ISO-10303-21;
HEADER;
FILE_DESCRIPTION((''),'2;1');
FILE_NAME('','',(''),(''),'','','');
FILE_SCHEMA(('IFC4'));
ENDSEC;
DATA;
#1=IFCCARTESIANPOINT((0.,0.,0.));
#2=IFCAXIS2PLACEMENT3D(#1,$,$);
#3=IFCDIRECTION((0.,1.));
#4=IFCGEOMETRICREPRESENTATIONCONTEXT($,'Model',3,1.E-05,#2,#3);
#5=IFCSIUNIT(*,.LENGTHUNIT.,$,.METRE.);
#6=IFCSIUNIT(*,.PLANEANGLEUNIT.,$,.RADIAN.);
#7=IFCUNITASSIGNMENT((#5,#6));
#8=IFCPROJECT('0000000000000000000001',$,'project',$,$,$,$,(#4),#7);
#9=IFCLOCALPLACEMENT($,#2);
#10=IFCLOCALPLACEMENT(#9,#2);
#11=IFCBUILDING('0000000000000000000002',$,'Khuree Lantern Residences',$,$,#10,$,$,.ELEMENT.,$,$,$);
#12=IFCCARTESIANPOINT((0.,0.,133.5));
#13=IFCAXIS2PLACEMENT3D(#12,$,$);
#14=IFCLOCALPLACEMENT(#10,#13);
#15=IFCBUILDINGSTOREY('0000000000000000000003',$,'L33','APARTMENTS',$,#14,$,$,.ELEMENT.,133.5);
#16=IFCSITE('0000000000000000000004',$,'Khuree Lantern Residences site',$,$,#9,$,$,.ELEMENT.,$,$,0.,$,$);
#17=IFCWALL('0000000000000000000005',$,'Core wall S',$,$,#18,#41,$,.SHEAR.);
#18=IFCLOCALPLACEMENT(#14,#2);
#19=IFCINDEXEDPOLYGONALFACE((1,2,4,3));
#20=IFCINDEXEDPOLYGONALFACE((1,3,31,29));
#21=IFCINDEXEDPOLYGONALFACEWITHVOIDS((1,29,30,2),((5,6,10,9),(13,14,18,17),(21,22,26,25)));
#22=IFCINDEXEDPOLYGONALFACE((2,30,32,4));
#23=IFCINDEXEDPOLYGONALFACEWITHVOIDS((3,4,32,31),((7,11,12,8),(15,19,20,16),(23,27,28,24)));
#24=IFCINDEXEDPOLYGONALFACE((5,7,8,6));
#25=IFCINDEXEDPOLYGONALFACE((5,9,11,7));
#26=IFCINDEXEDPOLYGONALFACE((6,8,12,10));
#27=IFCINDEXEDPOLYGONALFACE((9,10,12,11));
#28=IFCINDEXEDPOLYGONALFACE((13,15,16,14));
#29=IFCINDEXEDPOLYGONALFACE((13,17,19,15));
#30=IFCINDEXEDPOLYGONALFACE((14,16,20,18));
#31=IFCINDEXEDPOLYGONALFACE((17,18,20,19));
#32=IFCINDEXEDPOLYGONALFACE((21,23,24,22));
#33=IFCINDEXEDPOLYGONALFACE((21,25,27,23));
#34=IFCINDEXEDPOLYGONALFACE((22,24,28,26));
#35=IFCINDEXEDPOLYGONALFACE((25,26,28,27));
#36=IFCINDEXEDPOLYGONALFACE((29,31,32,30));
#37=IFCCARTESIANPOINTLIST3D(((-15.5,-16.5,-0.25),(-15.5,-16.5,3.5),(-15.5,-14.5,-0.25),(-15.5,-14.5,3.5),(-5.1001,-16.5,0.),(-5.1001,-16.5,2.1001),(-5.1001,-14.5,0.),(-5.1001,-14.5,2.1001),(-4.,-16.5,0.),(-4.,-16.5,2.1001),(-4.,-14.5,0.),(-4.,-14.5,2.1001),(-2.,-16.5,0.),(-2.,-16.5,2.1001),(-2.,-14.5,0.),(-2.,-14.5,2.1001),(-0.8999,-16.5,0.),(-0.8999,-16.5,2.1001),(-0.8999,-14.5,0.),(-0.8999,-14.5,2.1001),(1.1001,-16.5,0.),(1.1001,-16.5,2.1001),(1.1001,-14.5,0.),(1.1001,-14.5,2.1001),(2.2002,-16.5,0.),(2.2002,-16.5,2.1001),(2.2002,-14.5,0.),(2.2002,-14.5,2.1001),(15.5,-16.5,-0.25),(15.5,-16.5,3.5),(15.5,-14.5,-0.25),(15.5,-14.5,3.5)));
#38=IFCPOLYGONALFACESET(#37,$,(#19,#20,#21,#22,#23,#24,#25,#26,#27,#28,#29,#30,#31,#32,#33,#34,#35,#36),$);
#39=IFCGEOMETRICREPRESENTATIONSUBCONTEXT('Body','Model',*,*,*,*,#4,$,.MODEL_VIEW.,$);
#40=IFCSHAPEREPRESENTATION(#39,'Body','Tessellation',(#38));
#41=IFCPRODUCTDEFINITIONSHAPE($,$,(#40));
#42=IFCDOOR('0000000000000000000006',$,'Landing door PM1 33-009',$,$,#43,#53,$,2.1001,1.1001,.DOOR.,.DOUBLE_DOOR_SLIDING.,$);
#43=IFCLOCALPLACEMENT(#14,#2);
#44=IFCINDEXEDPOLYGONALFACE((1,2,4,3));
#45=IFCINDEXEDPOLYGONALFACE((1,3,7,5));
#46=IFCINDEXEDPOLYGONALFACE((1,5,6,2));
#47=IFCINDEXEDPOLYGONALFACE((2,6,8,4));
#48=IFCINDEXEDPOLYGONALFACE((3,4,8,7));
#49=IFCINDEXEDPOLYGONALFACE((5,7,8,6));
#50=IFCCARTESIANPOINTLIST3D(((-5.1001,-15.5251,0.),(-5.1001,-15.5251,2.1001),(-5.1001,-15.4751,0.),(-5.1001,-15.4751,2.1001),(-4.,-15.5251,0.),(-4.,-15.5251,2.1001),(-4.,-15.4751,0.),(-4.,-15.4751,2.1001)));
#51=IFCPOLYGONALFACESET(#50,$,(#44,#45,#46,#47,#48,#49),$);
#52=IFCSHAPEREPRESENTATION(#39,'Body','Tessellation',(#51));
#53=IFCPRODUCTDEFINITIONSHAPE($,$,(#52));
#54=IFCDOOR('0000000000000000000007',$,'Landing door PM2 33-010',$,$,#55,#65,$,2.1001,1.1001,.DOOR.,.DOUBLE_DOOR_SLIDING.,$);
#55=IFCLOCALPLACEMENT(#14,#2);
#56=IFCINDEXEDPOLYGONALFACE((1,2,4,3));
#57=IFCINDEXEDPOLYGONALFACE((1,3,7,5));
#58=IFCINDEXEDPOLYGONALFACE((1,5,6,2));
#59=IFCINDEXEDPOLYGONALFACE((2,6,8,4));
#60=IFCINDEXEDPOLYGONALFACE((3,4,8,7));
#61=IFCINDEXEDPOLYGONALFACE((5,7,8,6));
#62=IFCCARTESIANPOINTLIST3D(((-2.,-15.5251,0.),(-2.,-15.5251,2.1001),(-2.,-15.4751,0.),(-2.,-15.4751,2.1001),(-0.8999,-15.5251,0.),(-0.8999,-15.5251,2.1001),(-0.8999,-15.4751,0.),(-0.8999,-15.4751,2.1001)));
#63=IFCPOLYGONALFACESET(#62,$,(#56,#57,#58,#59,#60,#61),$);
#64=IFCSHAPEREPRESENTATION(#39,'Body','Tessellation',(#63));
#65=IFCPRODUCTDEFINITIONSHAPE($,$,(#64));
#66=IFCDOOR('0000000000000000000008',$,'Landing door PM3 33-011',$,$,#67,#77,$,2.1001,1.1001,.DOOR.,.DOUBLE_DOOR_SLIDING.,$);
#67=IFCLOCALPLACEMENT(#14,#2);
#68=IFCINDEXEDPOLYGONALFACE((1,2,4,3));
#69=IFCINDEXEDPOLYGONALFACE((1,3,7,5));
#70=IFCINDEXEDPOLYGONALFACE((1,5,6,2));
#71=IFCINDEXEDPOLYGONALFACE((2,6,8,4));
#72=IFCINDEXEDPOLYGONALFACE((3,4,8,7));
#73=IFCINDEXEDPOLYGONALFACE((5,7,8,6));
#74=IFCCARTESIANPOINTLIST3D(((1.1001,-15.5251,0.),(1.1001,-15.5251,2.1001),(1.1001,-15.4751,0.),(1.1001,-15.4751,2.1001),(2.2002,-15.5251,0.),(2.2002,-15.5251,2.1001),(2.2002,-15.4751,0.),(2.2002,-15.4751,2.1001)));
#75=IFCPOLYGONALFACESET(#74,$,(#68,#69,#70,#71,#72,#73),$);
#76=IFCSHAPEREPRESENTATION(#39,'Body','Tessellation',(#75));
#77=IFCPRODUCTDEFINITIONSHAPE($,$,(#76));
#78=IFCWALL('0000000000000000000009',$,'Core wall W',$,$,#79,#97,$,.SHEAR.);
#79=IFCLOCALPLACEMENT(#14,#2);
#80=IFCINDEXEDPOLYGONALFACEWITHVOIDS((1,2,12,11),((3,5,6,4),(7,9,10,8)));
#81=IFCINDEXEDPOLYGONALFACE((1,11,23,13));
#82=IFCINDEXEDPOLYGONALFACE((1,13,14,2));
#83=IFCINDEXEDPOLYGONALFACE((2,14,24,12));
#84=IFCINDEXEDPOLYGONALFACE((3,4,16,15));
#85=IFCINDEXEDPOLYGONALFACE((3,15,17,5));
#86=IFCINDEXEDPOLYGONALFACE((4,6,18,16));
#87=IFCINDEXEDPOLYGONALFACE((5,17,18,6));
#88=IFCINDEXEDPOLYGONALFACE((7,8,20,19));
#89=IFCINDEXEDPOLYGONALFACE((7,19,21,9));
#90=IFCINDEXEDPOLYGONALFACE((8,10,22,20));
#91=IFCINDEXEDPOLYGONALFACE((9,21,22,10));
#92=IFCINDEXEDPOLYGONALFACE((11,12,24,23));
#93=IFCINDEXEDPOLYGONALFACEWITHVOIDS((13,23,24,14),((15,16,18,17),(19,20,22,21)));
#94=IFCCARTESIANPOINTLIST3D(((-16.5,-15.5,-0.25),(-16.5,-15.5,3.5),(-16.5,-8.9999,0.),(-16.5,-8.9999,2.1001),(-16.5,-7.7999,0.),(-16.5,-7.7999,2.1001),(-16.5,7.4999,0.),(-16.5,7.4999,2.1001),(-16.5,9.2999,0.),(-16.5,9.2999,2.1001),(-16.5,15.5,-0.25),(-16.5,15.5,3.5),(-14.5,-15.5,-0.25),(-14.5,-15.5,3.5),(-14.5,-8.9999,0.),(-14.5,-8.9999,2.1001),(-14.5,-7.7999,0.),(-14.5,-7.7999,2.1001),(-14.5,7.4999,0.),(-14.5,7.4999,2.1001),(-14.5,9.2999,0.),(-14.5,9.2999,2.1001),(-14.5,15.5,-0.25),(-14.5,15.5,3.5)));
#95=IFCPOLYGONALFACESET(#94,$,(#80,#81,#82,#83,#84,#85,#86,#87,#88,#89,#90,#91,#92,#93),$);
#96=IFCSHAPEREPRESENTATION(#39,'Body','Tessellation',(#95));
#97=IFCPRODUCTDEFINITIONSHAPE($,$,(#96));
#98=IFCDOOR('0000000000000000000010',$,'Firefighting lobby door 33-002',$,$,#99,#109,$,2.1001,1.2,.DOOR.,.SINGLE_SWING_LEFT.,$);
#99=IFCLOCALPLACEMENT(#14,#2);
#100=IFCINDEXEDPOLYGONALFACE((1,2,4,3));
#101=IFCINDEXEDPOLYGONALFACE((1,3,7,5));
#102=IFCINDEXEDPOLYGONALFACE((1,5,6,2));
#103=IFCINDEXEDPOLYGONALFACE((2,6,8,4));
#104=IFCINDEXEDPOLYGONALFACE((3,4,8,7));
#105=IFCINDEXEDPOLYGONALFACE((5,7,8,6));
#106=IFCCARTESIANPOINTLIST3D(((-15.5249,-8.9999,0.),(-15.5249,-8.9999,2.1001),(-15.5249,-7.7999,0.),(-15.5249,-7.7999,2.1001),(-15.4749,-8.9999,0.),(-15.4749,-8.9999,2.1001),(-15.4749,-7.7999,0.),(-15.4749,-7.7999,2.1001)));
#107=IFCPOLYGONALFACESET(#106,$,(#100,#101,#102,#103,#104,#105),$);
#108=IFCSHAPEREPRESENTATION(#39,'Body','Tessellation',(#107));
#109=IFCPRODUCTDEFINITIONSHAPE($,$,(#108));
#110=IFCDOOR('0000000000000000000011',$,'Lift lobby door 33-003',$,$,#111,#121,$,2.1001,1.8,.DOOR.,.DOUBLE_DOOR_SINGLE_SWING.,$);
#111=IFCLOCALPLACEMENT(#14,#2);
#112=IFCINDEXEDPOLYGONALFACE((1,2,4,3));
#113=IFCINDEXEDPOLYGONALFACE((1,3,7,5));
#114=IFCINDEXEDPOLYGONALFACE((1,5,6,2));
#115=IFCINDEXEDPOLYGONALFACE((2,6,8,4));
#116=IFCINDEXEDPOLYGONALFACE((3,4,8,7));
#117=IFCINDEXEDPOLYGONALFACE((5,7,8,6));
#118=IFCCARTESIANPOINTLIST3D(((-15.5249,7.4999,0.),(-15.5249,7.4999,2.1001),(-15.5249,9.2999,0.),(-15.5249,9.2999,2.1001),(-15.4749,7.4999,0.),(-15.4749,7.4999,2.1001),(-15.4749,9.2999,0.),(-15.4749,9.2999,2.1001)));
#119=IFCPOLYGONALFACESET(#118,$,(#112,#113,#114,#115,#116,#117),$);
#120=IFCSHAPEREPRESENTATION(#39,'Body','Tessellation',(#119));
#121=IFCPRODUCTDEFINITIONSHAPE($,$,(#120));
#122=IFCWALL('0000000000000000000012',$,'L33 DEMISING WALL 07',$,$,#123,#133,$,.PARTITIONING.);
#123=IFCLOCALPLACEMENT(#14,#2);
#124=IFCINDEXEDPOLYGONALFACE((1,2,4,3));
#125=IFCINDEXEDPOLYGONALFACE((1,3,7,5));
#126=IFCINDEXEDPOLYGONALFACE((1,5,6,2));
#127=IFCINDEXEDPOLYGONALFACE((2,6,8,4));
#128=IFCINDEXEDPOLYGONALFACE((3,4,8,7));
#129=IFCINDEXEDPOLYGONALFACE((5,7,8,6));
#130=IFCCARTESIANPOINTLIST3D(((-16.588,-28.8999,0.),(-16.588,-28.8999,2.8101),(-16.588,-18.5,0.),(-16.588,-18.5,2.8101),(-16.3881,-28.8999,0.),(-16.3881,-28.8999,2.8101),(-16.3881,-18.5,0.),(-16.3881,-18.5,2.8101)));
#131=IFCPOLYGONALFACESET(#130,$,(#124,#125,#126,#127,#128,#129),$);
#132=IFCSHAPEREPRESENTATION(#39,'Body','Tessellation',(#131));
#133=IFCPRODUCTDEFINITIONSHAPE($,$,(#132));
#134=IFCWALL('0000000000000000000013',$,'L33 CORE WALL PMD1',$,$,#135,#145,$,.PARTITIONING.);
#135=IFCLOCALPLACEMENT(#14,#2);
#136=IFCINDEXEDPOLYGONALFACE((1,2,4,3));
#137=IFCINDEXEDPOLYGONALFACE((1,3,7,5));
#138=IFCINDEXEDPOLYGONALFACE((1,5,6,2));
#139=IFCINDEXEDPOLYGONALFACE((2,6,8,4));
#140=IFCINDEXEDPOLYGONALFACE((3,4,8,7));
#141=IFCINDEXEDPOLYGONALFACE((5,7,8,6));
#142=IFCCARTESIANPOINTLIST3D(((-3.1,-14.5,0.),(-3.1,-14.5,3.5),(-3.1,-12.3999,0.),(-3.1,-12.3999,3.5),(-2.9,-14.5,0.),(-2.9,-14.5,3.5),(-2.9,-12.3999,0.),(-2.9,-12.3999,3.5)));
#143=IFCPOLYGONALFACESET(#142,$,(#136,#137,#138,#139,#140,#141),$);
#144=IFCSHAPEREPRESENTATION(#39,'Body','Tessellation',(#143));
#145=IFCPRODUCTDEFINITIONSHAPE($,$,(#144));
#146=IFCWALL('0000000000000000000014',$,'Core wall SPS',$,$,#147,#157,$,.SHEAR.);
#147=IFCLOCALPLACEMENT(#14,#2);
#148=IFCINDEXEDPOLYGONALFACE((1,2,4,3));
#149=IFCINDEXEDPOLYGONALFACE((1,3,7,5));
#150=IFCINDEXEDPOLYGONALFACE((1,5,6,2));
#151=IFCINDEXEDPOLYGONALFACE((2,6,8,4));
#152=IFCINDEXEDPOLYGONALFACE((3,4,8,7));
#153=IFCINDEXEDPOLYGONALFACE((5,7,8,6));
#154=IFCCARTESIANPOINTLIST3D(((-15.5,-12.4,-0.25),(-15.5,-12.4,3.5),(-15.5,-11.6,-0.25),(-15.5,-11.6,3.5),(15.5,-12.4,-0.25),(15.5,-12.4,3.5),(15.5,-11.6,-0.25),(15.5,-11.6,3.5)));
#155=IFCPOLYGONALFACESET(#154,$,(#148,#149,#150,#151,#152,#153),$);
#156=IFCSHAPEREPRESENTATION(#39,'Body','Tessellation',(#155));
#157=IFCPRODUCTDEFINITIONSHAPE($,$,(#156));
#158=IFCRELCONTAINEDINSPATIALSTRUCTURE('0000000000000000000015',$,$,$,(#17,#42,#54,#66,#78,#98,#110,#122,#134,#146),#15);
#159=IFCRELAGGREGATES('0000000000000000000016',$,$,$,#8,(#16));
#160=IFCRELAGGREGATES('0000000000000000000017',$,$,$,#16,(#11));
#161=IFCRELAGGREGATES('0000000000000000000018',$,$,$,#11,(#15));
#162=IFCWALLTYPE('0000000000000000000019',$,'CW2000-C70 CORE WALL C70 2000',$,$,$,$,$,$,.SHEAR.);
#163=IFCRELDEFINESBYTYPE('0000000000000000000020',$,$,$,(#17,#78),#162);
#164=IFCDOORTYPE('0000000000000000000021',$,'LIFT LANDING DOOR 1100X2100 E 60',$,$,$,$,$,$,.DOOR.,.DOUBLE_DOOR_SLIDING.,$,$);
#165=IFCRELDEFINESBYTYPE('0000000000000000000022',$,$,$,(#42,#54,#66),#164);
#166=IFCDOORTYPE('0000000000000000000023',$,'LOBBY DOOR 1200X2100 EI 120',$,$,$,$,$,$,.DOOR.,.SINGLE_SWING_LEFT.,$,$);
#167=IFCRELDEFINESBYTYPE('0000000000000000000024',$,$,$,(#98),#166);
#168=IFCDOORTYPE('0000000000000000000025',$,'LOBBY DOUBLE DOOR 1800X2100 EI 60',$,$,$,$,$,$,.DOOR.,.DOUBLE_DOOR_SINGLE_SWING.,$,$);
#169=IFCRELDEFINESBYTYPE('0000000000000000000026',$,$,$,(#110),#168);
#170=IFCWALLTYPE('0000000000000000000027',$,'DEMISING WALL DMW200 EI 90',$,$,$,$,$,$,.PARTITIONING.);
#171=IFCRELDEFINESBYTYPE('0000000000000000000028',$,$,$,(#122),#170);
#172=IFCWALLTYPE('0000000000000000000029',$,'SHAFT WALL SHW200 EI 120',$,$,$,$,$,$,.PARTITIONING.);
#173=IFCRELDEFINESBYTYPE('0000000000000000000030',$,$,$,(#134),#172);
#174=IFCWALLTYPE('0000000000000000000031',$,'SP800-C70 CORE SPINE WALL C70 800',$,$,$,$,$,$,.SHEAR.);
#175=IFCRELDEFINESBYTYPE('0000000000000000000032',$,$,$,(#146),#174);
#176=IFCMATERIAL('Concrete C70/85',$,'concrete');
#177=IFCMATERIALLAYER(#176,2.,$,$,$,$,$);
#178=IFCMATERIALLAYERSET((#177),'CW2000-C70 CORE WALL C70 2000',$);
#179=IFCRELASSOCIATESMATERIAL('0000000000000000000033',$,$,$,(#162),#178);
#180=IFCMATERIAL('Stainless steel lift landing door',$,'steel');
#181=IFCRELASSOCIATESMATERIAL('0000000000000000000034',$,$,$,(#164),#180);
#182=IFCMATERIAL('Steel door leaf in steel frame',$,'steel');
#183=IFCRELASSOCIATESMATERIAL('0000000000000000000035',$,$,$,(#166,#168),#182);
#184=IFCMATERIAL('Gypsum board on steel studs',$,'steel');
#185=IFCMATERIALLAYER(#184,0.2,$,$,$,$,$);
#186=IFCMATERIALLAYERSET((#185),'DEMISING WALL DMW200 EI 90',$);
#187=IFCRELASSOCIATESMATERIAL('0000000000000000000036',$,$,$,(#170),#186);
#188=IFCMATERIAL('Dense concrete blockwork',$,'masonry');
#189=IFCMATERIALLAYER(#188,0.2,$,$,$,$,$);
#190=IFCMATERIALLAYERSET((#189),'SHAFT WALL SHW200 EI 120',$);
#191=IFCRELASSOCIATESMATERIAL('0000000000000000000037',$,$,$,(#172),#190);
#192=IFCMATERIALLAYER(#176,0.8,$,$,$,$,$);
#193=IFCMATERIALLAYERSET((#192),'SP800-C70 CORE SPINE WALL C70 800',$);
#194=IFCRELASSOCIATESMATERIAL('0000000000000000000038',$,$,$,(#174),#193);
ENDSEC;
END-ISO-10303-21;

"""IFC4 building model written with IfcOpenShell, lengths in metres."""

from ifc_helpers import new_model, si_unit, direction, frame, frame_2d, origin, place, context, subcontext, project, spatial, rectangle, extrude, material, layer, layer_set, type_object, element, fill, save


model = new_model("IFC4")

# Units and contexts
model_context = context("Model", 3, precision=1e-05, world=origin(), true_north=direction((0.0, 1.0)))
body_context = subcontext(model_context, "Body", "Model", "MODEL_VIEW")
ifc_project = project(units=[si_unit("LENGTHUNIT", "METRE"), si_unit("PLANEANGLEUNIT", "RADIAN")], contexts=[model_context])

# Site, building, storey
site_placement = place(None, origin())
site = spatial("IfcSite", under=ifc_project, at=site_placement, Name="Khuree Lantern Residences site", CompositionType="ELEMENT", RefElevation=0.0)
building_placement = place(site_placement, origin())
building = spatial("IfcBuilding", under=site, at=building_placement, Name="Khuree Lantern Residences", CompositionType="ELEMENT")
storey_placement = place(building_placement, frame((0.0, 0.0, 133.5)))
storey = spatial("IfcBuildingStorey", under=building, at=storey_placement, Name="L33", Description="APARTMENTS", CompositionType="ELEMENT", Elevation=133.5)

# Shared definitions
ifc_material_1 = material(Name="Concrete C70/85", Category="concrete")

# Shared definitions
ifc_material_2 = material(Name="Dense concrete blockwork", Category="masonry")
ifc_material_3 = material(Name="Stainless steel lift landing door", Category="steel")

# Shared definitions
ifc_material_4 = material(Name="Gypsum board on steel studs", Category="steel")

# Walls, openings, doors
ifc_layer_1 = layer(ifc_material_1, 2.0)
ifc_layer_set_1 = layer_set([ifc_layer_1], Name="CW2000-C70 CORE WALL C70 2000")
wall_type_1 = type_object("IfcWallType", Name="CW2000-C70 CORE WALL C70 2000", PredefinedType="SHEAR", material=ifc_layer_set_1)
wall_1_placement = place(storey_placement, frame((-15.5, -15.5, -0.25), z_axis=(0.0, 0.0, 1.0), x_axis=(1.0, 0.0, 0.0)))
wall_1 = element("IfcWall", 1, at=wall_1_placement, inside=storey, type_object=wall_type_1, Name="Core wall S", PredefinedType="SHEAR", context=body_context, shape_type="SweptSolid", body=[
    extrude(rectangle(XDim=31.0, YDim=2.0, at=frame_2d((15.5, 0.0))), origin(), (0.0, 0.0, 1.0), 3.75),
])
opening_1_placement = place(wall_1_placement, frame((10.3999, 0.0, 0.25)))
opening_1 = element("IfcOpeningElement", 2, at=opening_1_placement, cuts=wall_1, PredefinedType="OPENING", context=body_context, shape_type="SweptSolid", body=[
    extrude(rectangle(XDim=1.1001, YDim=2.1001, at=frame_2d((0.55, 1.05))), frame((0.0, 1.01, 0.0), z_axis=(0.0, -1.0, 0.0), x_axis=(1.0, 0.0, 0.0)), (0.0, 0.0, 1.0), 2.02),
])
opening_2_placement = place(wall_1_placement, frame((13.5, 0.0, 0.25)))
opening_2 = element("IfcOpeningElement", 3, at=opening_2_placement, cuts=wall_1, PredefinedType="OPENING", context=body_context, shape_type="SweptSolid", body=[
    extrude(rectangle(XDim=1.1001, YDim=2.1001, at=frame_2d((0.55, 1.05))), frame((0.0, 1.01, 0.0), z_axis=(0.0, -1.0, 0.0), x_axis=(1.0, 0.0, 0.0)), (0.0, 0.0, 1.0), 2.02),
])
opening_3_placement = place(wall_1_placement, frame((16.6001, 0.0, 0.25)))
opening_3 = element("IfcOpeningElement", 4, at=opening_3_placement, cuts=wall_1, PredefinedType="OPENING", context=body_context, shape_type="SweptSolid", body=[
    extrude(rectangle(XDim=1.1001, YDim=2.1001, at=frame_2d((0.55, 1.05))), frame((0.0, 1.01, 0.0), z_axis=(0.0, -1.0, 0.0), x_axis=(1.0, 0.0, 0.0)), (0.0, 0.0, 1.0), 2.02),
])
door_type_1 = type_object("IfcDoorType", Name="LIFT LANDING DOOR 1100X2100 E 60", OperationType="DOUBLE_DOOR_SLIDING", PredefinedType="DOOR", material=ifc_material_3)
door_1_placement = place(opening_1_placement, origin())
door_1 = element("IfcDoor", 5, at=door_1_placement, inside=storey, type_object=door_type_1, Name="Landing door PM1 33-009", OperationType="DOUBLE_DOOR_SLIDING", OverallHeight=2.1001, OverallWidth=1.1001, PredefinedType="DOOR", context=body_context, shape_type="SweptSolid", body=[
    extrude(rectangle(XDim=1.1001, YDim=2.1001, at=frame_2d((0.55, 1.05))), frame((0.0, 0.0249, 0.0), z_axis=(0.0, -1.0, 0.0), x_axis=(1.0, 0.0, 0.0)), (0.0, 0.0, 1.0), 0.05),
])
fill(opening_1, door_1)
door_2_placement = place(opening_2_placement, origin())
door_2 = element("IfcDoor", 6, at=door_2_placement, inside=storey, type_object=door_type_1, Name="Landing door PM2 33-010", OperationType="DOUBLE_DOOR_SLIDING", OverallHeight=2.1001, OverallWidth=1.1001, PredefinedType="DOOR", context=body_context, shape_type="SweptSolid", body=[
    extrude(rectangle(XDim=1.1001, YDim=2.1001, at=frame_2d((0.55, 1.05))), frame((0.0, 0.0249, 0.0), z_axis=(0.0, -1.0, 0.0), x_axis=(1.0, 0.0, 0.0)), (0.0, 0.0, 1.0), 0.05),
])
fill(opening_2, door_2)
door_3_placement = place(opening_3_placement, origin())
door_3 = element("IfcDoor", 7, at=door_3_placement, inside=storey, type_object=door_type_1, Name="Landing door PM3 33-011", OperationType="DOUBLE_DOOR_SLIDING", OverallHeight=2.1001, OverallWidth=1.1001, PredefinedType="DOOR", context=body_context, shape_type="SweptSolid", body=[
    extrude(rectangle(XDim=1.1001, YDim=2.1001, at=frame_2d((0.55, 1.05))), frame((0.0, 0.0249, 0.0), z_axis=(0.0, -1.0, 0.0), x_axis=(1.0, 0.0, 0.0)), (0.0, 0.0, 1.0), 0.05),
])
fill(opening_3, door_3)
wall_2_placement = place(storey_placement, frame((-15.5, -15.5, -0.25), z_axis=(0.0, 0.0, 1.0), x_axis=(0.0, 1.0, 0.0)))
wall_2 = element("IfcWall", 8, at=wall_2_placement, inside=storey, type_object=wall_type_1, Name="Core wall W", PredefinedType="SHEAR", context=body_context, shape_type="SweptSolid", body=[
    extrude(rectangle(XDim=31.0, YDim=2.0, at=frame_2d((15.5, 0.0))), origin(), (0.0, 0.0, 1.0), 3.75),
])
opening_4_placement = place(wall_2_placement, frame((6.5, 0.0, 0.25)))
opening_4 = element("IfcOpeningElement", 9, at=opening_4_placement, cuts=wall_2, PredefinedType="OPENING", context=body_context, shape_type="SweptSolid", body=[
    extrude(rectangle(XDim=1.2, YDim=2.1001, at=frame_2d((0.6001, 1.05))), frame((0.0, 1.01, 0.0), z_axis=(0.0, -1.0, 0.0), x_axis=(1.0, 0.0, 0.0)), (0.0, 0.0, 1.0), 2.02),
])
opening_5_placement = place(wall_2_placement, frame((23.0, 0.0, 0.25)))
opening_5 = element("IfcOpeningElement", 10, at=opening_5_placement, cuts=wall_2, PredefinedType="OPENING", context=body_context, shape_type="SweptSolid", body=[
    extrude(rectangle(XDim=1.8, YDim=2.1001, at=frame_2d((0.8999, 1.05))), frame((0.0, 1.01, 0.0), z_axis=(0.0, -1.0, 0.0), x_axis=(1.0, 0.0, 0.0)), (0.0, 0.0, 1.0), 2.02),
])
ifc_material_5 = material(Name="Steel door leaf in steel frame", Category="steel")
door_type_2 = type_object("IfcDoorType", Name="LOBBY DOOR 1200X2100 EI 120", OperationType="SINGLE_SWING_LEFT", PredefinedType="DOOR", material=ifc_material_5)
door_4_placement = place(opening_4_placement, origin())
door_4 = element("IfcDoor", 11, at=door_4_placement, inside=storey, type_object=door_type_2, Name="Firefighting lobby door 33-002", OperationType="SINGLE_SWING_LEFT", OverallHeight=2.1001, OverallWidth=1.2, PredefinedType="DOOR", context=body_context, shape_type="SweptSolid", body=[
    extrude(rectangle(XDim=1.2, YDim=2.1001, at=frame_2d((0.6001, 1.05))), frame((0.0, 0.0249, 0.0), z_axis=(0.0, -1.0, 0.0), x_axis=(1.0, 0.0, 0.0)), (0.0, 0.0, 1.0), 0.05),
])
fill(opening_4, door_4)
door_type_3 = type_object("IfcDoorType", Name="LOBBY DOUBLE DOOR 1800X2100 EI 60", OperationType="DOUBLE_DOOR_SINGLE_SWING", PredefinedType="DOOR", material=ifc_material_5)
door_5_placement = place(opening_5_placement, origin())
door_5 = element("IfcDoor", 12, at=door_5_placement, inside=storey, type_object=door_type_3, Name="Lift lobby door 33-003", OperationType="DOUBLE_DOOR_SINGLE_SWING", OverallHeight=2.1001, OverallWidth=1.8, PredefinedType="DOOR", context=body_context, shape_type="SweptSolid", body=[
    extrude(rectangle(XDim=1.8, YDim=2.1001, at=frame_2d((0.8999, 1.05))), frame((0.0, 0.0249, 0.0), z_axis=(0.0, -1.0, 0.0), x_axis=(1.0, 0.0, 0.0)), (0.0, 0.0, 1.0), 0.05),
])
fill(opening_5, door_5)

# Walls
ifc_layer_2 = layer(ifc_material_4, 0.2)
ifc_layer_set_2 = layer_set([ifc_layer_2], Name="DEMISING WALL DMW200 EI 90")
wall_type_2 = type_object("IfcWallType", Name="DEMISING WALL DMW200 EI 90", PredefinedType="PARTITIONING", material=ifc_layer_set_2)
wall_3_placement = place(storey_placement, frame((-16.488, -18.5, 0.0), z_axis=(0.0, 0.0, 1.0), x_axis=(0.0, -1.0, 0.0)))
element("IfcWall", 13, at=wall_3_placement, inside=storey, type_object=wall_type_2, Name="L33 DEMISING WALL 07", PredefinedType="PARTITIONING", context=body_context, shape_type="SweptSolid", body=[
    extrude(rectangle(XDim=10.3999, YDim=0.2, at=frame_2d((5.2, 0.0))), origin(), (0.0, 0.0, 1.0), 2.8101),
])
ifc_layer_3 = layer(ifc_material_2, 0.2)
ifc_layer_set_3 = layer_set([ifc_layer_3], Name="SHAFT WALL SHW200 EI 120")
wall_type_3 = type_object("IfcWallType", Name="SHAFT WALL SHW200 EI 120", PredefinedType="PARTITIONING", material=ifc_layer_set_3)
wall_4_placement = place(storey_placement, frame((-3.0, -14.5, 0.0), z_axis=(0.0, 0.0, 1.0), x_axis=(0.0, 1.0, 0.0)))
element("IfcWall", 14, at=wall_4_placement, inside=storey, type_object=wall_type_3, Name="L33 CORE WALL PMD1", PredefinedType="PARTITIONING", context=body_context, shape_type="SweptSolid", body=[
    extrude(rectangle(XDim=2.1001, YDim=0.2, at=frame_2d((1.05, 0.0))), origin(), (0.0, 0.0, 1.0), 3.5),
])
ifc_layer_4 = layer(ifc_material_1, 0.8)
ifc_layer_set_4 = layer_set([ifc_layer_4], Name="SP800-C70 CORE SPINE WALL C70 800")
wall_type_4 = type_object("IfcWallType", Name="SP800-C70 CORE SPINE WALL C70 800", PredefinedType="SHEAR", material=ifc_layer_set_4)
wall_5_placement = place(storey_placement, frame((-15.5, -12.0, -0.25), z_axis=(0.0, 0.0, 1.0), x_axis=(1.0, 0.0, 0.0)))
element("IfcWall", 15, at=wall_5_placement, inside=storey, type_object=wall_type_4, Name="Core wall SPS", PredefinedType="SHEAR", context=body_context, shape_type="SweptSolid", body=[
    extrude(rectangle(XDim=31.0, YDim=0.8, at=frame_2d((15.5, 0.0))), origin(), (0.0, 0.0, 1.0), 3.75),
])

save(model, "model.ifc")
